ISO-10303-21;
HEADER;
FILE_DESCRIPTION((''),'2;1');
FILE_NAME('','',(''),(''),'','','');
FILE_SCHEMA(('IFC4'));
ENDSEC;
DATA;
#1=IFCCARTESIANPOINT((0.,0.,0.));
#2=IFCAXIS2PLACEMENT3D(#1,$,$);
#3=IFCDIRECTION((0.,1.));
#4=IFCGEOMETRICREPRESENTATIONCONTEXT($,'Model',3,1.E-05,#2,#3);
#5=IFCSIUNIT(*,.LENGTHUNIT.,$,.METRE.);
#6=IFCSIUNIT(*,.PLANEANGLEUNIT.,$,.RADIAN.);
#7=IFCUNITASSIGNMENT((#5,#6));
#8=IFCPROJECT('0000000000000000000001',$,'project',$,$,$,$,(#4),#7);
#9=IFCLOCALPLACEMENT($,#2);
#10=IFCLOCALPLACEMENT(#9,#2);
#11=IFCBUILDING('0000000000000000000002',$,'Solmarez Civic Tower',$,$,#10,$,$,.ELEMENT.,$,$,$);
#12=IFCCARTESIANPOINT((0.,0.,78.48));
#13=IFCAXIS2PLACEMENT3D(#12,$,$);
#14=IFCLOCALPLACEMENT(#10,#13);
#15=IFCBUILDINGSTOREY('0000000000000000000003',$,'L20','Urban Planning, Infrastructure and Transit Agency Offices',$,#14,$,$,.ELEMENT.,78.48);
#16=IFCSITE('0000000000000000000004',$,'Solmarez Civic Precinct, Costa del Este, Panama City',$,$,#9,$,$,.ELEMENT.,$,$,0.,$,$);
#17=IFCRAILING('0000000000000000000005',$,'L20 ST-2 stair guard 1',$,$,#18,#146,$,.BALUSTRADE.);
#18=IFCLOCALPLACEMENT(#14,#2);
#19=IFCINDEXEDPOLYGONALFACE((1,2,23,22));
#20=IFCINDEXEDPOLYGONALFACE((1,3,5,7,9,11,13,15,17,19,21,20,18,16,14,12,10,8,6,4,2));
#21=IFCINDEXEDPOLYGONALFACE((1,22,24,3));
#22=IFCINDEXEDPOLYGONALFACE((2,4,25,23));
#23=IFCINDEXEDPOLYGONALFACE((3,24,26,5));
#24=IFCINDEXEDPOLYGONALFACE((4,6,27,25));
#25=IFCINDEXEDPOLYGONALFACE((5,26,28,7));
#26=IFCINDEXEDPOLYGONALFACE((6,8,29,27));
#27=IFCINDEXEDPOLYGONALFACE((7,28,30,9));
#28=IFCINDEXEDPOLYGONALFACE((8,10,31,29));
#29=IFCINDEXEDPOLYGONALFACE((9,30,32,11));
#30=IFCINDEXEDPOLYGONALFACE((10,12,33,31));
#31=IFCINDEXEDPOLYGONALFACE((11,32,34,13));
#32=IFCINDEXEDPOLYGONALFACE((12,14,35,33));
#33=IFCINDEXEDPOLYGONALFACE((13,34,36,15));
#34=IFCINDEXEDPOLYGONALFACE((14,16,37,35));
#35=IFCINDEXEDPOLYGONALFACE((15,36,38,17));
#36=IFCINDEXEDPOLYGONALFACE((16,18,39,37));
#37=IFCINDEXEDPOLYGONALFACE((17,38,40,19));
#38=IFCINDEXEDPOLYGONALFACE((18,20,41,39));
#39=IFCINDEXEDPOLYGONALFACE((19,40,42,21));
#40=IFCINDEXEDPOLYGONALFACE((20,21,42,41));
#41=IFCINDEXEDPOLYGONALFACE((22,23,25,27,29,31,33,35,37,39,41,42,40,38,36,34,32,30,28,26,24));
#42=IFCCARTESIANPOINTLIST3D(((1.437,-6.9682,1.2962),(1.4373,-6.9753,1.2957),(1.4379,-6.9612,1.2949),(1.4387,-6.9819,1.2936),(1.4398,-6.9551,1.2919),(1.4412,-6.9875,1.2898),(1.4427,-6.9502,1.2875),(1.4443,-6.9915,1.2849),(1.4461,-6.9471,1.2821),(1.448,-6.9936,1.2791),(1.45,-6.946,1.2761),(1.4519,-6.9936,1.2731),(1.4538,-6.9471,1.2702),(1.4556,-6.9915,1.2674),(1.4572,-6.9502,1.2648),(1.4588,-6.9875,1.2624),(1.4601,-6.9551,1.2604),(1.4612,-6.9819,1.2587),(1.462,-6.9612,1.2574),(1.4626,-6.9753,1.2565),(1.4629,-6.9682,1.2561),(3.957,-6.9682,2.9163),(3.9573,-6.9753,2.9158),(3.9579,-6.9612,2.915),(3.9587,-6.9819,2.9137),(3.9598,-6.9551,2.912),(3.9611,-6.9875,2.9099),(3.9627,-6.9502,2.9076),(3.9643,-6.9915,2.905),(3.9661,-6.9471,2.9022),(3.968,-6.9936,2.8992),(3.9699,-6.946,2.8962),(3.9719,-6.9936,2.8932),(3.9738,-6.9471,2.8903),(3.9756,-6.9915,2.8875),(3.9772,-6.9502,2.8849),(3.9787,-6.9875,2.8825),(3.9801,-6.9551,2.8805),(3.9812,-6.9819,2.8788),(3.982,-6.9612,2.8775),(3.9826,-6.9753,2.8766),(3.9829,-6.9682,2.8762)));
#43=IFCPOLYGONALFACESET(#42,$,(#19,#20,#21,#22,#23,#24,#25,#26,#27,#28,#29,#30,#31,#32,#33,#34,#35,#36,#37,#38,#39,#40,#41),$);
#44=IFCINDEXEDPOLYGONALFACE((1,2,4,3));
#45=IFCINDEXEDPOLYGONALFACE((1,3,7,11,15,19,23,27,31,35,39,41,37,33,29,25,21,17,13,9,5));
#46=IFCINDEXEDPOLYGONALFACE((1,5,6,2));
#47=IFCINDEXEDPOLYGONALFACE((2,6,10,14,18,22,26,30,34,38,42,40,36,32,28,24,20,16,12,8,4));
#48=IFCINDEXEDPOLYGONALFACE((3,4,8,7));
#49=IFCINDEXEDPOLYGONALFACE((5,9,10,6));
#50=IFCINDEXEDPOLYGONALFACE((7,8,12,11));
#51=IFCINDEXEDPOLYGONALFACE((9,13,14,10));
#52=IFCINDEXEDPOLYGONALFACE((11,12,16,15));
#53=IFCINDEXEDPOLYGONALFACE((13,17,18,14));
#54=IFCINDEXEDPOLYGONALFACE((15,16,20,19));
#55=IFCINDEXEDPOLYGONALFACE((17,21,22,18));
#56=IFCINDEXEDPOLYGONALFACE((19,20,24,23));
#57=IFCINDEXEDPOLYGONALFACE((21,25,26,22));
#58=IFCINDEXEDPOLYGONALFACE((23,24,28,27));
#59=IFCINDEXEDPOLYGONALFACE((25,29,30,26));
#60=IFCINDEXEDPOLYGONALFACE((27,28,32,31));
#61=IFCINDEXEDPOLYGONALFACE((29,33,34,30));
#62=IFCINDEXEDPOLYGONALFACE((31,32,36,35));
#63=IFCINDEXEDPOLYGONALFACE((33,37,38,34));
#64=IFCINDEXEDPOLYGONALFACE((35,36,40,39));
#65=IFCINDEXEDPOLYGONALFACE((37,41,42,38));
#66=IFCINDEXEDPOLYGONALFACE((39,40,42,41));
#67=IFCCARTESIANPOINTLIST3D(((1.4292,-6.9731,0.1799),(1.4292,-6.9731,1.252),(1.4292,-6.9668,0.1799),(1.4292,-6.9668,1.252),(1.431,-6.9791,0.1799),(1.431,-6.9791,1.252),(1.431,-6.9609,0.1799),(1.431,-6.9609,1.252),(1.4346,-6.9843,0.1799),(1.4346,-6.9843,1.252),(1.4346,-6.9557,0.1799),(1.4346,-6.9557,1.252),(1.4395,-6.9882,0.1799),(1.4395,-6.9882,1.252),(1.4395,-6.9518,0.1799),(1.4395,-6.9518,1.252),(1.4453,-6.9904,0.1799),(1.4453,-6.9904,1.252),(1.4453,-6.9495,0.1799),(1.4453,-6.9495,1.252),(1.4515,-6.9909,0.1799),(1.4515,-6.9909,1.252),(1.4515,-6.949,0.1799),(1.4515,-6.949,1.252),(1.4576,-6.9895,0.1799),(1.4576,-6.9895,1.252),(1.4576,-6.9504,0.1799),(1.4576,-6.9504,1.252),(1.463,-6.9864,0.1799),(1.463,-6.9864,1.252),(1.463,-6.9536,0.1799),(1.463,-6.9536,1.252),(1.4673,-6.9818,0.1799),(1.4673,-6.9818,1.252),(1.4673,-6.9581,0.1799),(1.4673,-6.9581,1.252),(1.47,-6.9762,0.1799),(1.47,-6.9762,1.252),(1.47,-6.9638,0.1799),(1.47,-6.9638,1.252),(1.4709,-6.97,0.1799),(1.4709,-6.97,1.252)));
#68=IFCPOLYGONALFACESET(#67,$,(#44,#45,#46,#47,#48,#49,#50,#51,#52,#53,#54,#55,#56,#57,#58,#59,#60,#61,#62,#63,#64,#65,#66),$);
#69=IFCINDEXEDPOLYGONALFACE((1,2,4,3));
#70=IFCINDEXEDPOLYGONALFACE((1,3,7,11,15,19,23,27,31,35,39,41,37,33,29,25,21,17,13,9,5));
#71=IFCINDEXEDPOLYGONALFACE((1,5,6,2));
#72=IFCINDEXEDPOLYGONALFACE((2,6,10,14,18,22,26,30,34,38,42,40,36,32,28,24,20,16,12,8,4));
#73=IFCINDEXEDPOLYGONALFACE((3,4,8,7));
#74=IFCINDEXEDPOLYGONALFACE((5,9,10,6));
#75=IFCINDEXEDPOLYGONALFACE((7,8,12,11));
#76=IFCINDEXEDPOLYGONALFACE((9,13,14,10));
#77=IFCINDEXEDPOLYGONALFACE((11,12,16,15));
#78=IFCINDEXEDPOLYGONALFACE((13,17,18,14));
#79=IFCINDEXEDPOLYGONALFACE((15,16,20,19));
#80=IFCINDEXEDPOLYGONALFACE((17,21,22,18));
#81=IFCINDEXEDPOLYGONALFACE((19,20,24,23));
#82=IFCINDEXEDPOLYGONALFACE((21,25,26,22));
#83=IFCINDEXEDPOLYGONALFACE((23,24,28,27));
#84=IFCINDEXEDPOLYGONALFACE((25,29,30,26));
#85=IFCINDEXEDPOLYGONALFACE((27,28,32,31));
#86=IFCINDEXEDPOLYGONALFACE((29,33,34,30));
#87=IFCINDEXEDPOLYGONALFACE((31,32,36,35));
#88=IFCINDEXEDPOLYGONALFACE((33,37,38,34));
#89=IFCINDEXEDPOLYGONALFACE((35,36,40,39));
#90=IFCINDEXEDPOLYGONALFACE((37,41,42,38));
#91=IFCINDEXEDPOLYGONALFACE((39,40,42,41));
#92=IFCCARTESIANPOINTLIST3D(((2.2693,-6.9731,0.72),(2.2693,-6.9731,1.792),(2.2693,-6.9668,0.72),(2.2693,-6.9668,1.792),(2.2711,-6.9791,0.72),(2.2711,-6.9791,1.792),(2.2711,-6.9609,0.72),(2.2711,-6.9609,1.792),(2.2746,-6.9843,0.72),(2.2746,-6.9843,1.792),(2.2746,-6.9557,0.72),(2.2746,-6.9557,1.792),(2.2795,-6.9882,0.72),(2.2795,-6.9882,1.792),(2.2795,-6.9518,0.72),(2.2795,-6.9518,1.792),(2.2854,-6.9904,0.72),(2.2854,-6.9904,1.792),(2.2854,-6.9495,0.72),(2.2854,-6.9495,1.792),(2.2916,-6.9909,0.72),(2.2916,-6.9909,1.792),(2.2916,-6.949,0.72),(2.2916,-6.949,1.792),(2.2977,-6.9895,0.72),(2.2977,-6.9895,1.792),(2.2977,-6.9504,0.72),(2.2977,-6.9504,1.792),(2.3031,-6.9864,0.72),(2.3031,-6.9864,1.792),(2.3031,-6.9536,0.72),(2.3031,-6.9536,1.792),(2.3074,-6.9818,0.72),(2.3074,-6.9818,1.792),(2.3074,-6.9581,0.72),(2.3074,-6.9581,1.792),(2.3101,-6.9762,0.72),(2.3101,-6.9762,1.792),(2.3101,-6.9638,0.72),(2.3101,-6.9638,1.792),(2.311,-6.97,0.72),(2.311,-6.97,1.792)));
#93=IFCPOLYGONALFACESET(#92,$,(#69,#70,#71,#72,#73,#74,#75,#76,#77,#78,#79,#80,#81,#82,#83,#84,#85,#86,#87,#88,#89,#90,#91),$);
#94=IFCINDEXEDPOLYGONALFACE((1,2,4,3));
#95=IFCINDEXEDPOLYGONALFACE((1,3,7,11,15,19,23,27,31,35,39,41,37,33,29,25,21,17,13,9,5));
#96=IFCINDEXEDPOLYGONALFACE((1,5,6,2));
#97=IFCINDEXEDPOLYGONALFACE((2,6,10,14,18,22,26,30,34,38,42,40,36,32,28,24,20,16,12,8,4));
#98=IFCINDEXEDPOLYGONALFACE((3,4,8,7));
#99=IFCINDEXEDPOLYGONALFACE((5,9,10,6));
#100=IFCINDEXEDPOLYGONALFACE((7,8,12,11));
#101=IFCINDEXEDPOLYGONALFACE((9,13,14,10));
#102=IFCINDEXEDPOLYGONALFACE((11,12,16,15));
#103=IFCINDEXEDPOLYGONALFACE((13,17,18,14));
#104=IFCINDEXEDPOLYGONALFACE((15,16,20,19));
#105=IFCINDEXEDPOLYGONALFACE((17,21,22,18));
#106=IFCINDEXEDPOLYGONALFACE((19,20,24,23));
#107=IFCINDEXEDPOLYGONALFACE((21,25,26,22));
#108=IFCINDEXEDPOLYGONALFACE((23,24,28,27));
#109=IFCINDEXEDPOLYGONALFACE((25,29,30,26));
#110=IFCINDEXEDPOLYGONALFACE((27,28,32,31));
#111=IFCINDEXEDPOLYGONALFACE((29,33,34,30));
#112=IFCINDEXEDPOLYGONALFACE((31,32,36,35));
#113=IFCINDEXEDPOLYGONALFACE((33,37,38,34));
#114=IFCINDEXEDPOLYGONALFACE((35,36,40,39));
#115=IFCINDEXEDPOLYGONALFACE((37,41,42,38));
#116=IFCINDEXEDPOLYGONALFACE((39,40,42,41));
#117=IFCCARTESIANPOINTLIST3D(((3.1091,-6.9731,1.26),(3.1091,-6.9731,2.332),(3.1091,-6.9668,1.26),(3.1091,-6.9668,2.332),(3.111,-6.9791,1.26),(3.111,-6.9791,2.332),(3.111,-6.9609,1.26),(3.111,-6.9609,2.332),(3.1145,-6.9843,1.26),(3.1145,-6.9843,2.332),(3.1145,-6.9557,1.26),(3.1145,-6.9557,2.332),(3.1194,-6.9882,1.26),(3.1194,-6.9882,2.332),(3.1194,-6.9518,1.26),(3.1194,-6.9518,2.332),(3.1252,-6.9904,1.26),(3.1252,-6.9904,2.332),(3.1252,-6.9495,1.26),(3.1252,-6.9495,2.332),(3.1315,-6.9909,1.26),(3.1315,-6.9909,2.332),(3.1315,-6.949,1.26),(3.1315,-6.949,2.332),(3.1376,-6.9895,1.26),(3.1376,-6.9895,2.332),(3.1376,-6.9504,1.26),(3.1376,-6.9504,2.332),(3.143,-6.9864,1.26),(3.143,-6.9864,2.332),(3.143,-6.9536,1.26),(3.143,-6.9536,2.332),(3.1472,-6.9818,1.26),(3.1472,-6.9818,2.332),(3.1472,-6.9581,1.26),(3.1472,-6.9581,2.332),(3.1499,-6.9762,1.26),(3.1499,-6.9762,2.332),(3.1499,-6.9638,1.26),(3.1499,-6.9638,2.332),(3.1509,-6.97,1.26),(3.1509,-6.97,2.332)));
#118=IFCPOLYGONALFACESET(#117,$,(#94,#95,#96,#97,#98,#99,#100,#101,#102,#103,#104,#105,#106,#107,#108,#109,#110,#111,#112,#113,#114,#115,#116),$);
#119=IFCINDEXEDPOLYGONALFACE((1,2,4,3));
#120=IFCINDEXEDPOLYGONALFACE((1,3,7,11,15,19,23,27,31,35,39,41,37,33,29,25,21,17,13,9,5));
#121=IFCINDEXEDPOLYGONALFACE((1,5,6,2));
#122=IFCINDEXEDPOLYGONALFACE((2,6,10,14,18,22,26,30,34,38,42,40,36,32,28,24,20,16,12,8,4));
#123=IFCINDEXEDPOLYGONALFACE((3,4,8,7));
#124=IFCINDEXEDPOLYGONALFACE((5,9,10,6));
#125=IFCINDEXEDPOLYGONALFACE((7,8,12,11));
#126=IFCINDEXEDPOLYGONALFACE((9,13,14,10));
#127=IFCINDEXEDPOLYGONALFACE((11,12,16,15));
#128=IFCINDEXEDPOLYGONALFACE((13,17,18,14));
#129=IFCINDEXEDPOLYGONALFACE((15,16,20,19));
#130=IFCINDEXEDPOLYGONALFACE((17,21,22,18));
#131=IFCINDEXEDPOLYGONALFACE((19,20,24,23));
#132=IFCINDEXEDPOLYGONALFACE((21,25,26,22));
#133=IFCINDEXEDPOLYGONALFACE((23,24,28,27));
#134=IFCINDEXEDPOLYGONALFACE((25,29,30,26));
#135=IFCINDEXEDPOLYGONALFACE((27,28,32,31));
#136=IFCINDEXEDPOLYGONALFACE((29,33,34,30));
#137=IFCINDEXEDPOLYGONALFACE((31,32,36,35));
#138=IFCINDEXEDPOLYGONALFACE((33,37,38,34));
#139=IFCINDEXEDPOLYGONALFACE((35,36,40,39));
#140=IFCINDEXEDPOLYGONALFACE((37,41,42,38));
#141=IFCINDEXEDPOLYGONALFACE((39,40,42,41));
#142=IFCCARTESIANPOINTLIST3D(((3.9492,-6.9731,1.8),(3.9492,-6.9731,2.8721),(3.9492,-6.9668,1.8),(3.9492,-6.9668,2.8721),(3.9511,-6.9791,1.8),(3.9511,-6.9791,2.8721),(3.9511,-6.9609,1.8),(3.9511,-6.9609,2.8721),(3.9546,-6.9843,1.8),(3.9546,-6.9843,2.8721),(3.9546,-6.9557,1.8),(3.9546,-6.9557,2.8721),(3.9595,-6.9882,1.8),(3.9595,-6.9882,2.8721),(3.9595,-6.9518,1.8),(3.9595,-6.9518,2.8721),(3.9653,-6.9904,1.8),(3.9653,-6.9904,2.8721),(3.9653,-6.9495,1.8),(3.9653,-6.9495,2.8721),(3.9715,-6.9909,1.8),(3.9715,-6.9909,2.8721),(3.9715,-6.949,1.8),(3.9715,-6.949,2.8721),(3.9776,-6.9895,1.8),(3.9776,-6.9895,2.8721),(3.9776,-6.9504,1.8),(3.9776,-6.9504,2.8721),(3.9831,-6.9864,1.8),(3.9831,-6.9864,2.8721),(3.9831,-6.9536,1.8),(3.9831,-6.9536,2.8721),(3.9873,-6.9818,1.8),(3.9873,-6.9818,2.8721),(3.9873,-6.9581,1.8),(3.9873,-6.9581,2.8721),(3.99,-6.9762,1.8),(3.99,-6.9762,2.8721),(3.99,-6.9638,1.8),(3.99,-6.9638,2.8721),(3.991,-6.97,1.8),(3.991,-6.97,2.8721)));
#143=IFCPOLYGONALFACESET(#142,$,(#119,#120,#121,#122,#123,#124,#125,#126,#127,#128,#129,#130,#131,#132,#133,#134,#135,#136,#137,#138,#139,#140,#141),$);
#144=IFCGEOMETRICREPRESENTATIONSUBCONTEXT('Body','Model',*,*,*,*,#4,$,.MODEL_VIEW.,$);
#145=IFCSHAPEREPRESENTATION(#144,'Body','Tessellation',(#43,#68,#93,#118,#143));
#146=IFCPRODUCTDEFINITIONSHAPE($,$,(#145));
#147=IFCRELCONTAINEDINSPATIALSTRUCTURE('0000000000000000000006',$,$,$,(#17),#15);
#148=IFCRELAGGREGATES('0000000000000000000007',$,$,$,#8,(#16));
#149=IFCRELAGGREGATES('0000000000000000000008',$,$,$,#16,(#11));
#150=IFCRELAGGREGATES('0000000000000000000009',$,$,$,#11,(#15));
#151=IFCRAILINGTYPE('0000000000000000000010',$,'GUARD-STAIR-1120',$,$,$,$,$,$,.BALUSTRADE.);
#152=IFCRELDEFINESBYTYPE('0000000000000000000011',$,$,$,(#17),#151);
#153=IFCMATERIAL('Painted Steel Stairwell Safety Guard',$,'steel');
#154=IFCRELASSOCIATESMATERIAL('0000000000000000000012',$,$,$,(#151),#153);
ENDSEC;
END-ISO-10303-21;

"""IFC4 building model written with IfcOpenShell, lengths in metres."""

from ifc_helpers import new_model, si_unit, direction, frame, origin, origin_2d, place, context, subcontext, project, spatial, circle, extrude, material, type_object, element, save


model = new_model("IFC4")

# Units and contexts
model_context = context("Model", 3, precision=1e-05, world=origin(), true_north=direction((0.0, 1.0)))
body_context = subcontext(model_context, "Body", "Model", "MODEL_VIEW")
ifc_project = project(units=[si_unit("LENGTHUNIT", "METRE"), si_unit("PLANEANGLEUNIT", "RADIAN")], contexts=[model_context])

# Site, building, storey
site_placement = place(None, origin())
site = spatial("IfcSite", under=ifc_project, at=site_placement, Name="Solmarez Civic Precinct, Costa del Este, Panama City", CompositionType="ELEMENT", RefElevation=0.0)
building_placement = place(site_placement, origin())
building = spatial("IfcBuilding", under=site, at=building_placement, Name="Solmarez Civic Tower", CompositionType="ELEMENT")
storey_placement = place(building_placement, frame((0.0, 0.0, 78.48)))
storey = spatial("IfcBuildingStorey", under=building, at=storey_placement, Name="L20", Description="Urban Planning, Infrastructure and Transit Agency Offices", CompositionType="ELEMENT", Elevation=78.48)

# Railing
ifc_material_1 = material(Name="Painted Steel Stairwell Safety Guard", Category="steel")
railing_type_1 = type_object("IfcRailingType", Name="GUARD-STAIR-1120", PredefinedType="BALUSTRADE", material=ifc_material_1)
railing_1_placement = place(storey_placement, frame((1.45, -6.97, 0.1799)))
element("IfcRailing", 1, at=railing_1_placement, inside=storey, type_object=railing_type_1, Name="L20 ST-2 stair guard 1", PredefinedType="BALUSTRADE", context=body_context, shape_type="SweptSolid", body=[
    extrude(circle(Radius=0.0239, at=origin_2d()), frame((0.0, 0.0, 1.0962), z_axis=(0.841163, 0.0, 0.540782), x_axis=(0.0, 1.0, 0.0)), (0.0, 0.0, 1.0), 2.9958),
    extrude(circle(Radius=0.021, at=origin_2d()), origin(), (0.0, 0.0, 1.0), 1.072),
    extrude(circle(Radius=0.021, at=origin_2d()), frame((0.8401, 0.0, 0.54)), (0.0, 0.0, 1.0), 1.072),
    extrude(circle(Radius=0.021, at=origin_2d()), frame((1.6799, 0.0, 1.0801)), (0.0, 0.0, 1.0), 1.072),
    extrude(circle(Radius=0.021, at=origin_2d()), frame((2.52, 0.0, 1.6201)), (0.0, 0.0, 1.0), 1.072),
])

save(model, "model.ifc")
